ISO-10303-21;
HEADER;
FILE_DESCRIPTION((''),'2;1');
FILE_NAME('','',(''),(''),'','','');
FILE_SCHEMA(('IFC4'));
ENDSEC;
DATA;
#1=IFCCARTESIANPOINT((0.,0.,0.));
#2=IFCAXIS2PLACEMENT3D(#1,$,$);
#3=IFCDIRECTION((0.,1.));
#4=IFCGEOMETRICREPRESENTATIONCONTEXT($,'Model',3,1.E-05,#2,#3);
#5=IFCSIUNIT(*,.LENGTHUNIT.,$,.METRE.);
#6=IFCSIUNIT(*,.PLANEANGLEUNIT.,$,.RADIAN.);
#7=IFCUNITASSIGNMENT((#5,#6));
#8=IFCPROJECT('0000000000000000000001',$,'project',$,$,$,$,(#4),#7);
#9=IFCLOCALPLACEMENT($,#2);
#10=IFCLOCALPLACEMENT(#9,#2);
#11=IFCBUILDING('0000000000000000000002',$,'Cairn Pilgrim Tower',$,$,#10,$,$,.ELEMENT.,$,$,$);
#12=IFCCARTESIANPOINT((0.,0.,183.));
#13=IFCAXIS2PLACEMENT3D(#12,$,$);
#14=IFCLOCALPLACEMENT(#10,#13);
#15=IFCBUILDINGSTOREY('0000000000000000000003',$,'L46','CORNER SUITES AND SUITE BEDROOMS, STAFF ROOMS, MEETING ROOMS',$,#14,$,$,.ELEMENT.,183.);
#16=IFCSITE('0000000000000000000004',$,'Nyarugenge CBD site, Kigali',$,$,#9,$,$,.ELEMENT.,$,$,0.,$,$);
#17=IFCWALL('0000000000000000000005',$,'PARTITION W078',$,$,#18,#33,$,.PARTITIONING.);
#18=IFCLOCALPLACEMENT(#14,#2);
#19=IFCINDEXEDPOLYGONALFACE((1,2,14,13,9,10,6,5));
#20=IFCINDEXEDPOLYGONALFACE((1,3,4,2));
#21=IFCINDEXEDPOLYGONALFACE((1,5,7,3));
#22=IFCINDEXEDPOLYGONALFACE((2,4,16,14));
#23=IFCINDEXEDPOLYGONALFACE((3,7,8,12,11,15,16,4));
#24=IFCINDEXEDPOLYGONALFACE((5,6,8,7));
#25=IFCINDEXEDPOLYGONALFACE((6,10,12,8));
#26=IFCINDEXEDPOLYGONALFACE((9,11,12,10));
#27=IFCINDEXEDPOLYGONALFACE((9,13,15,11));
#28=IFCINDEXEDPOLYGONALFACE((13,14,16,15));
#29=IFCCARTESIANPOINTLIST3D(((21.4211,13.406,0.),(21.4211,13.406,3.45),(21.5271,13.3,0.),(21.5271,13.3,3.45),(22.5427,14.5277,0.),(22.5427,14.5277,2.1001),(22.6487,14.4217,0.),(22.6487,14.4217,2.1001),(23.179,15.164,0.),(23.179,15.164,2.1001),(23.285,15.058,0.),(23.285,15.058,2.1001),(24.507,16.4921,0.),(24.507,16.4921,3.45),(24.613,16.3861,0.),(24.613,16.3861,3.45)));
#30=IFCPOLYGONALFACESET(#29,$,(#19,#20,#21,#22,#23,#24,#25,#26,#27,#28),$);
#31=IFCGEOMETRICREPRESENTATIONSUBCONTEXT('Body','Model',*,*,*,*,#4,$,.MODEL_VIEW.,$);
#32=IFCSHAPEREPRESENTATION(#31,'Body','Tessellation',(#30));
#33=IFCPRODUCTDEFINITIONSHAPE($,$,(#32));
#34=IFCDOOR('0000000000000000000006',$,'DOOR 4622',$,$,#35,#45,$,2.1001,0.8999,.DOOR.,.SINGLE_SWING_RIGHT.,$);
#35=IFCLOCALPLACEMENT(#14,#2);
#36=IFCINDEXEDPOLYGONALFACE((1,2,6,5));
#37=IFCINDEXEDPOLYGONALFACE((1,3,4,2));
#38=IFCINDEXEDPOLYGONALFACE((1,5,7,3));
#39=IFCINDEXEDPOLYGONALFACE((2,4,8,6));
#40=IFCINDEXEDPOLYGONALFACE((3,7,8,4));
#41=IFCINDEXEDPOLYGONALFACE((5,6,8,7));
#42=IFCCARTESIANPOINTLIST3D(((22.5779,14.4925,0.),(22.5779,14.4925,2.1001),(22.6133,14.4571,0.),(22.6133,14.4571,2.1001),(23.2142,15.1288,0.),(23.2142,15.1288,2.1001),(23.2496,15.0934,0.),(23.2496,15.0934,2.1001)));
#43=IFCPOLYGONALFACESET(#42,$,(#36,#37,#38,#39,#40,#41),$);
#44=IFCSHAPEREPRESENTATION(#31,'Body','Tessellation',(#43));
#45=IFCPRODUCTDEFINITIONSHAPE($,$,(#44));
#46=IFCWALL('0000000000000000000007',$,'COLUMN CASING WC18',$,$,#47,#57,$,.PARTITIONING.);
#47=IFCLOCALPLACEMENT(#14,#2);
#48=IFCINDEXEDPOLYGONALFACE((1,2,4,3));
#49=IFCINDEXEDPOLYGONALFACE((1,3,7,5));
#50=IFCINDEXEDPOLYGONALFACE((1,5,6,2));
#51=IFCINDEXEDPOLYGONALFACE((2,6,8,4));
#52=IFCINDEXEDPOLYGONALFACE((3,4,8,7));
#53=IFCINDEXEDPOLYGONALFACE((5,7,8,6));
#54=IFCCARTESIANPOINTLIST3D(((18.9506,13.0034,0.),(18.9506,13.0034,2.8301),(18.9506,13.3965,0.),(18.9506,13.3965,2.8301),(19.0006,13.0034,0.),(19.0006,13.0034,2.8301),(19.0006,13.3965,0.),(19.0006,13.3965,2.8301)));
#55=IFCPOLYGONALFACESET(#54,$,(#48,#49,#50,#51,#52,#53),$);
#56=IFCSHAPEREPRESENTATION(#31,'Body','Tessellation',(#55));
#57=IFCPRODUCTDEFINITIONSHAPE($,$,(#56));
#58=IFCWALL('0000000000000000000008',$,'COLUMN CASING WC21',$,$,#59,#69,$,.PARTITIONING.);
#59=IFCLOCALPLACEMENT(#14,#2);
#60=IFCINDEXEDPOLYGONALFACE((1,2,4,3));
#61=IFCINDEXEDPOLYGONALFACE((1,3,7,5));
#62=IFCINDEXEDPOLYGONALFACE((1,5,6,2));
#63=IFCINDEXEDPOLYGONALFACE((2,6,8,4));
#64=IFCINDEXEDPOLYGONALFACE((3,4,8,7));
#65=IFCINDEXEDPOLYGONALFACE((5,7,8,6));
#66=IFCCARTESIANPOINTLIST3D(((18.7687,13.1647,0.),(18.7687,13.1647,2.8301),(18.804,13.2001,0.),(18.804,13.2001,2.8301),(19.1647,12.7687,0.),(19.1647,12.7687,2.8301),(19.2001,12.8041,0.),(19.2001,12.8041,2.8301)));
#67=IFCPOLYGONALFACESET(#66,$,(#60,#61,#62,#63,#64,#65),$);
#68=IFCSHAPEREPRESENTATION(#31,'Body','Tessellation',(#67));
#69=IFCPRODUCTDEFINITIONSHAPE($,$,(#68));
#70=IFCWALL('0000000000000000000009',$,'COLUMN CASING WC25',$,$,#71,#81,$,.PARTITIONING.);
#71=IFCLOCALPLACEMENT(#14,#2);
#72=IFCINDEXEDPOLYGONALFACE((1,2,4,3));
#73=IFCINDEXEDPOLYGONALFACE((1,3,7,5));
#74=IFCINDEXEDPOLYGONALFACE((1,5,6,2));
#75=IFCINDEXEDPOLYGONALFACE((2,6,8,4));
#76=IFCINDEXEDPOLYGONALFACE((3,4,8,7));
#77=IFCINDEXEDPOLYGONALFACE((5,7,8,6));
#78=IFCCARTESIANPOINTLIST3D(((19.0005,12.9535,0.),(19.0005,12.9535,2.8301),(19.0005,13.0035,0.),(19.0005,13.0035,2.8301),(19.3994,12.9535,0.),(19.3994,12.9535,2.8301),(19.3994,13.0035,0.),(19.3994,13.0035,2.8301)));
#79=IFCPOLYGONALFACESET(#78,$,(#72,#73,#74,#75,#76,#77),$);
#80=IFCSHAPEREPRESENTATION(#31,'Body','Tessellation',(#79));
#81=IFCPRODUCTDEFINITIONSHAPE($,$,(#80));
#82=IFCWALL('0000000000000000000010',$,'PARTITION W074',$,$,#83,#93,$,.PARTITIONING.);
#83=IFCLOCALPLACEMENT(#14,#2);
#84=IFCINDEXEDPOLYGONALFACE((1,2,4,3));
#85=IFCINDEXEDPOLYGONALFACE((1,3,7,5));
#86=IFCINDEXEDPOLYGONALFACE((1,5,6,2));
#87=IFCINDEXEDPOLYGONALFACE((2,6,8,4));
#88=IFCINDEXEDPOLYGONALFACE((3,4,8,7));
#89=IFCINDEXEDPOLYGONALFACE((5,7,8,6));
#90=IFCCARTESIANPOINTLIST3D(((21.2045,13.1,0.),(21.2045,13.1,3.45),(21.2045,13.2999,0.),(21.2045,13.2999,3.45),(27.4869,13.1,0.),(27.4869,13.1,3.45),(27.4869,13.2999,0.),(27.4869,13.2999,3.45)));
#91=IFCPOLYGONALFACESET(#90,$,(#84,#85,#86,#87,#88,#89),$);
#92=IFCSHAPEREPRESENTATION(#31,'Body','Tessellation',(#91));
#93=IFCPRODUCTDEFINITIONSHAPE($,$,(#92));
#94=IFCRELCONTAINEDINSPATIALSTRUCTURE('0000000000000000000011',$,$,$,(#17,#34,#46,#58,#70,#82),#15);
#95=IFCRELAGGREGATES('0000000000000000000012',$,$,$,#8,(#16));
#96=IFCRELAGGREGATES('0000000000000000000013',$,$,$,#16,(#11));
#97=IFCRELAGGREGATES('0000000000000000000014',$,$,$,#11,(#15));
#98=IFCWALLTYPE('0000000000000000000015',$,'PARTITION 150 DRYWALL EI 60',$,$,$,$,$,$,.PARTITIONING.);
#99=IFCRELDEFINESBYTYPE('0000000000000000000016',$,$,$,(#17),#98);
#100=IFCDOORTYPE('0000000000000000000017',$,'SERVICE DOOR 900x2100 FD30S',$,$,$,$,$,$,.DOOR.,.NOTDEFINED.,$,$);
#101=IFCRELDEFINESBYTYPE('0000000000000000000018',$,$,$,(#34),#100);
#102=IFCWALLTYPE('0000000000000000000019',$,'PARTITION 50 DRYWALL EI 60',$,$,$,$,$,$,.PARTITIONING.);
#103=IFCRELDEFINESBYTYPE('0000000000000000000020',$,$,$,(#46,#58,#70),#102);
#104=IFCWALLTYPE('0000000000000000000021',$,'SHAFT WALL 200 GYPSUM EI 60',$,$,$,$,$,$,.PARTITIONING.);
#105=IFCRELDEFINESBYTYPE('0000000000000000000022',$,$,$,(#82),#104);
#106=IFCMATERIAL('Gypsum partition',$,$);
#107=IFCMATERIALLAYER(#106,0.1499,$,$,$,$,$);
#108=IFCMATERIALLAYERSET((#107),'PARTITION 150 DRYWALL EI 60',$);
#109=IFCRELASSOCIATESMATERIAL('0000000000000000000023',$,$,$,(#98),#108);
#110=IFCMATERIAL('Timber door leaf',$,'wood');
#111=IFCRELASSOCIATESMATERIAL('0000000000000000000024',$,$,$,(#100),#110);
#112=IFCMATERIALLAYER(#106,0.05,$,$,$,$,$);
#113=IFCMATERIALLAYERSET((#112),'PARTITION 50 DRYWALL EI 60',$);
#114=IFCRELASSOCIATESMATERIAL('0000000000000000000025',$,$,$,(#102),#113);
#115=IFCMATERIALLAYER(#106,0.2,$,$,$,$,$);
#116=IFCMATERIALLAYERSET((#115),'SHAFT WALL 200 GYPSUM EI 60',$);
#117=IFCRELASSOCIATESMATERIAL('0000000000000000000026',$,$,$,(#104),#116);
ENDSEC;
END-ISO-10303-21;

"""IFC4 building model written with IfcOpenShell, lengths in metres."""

from ifc_helpers import new_model, si_unit, direction, frame, frame_2d, origin, place, context, subcontext, project, spatial, rectangle, extrude, material, layer, layer_set, type_object, element, fill, save


model = new_model("IFC4")

# Units and contexts
model_context = context("Model", 3, precision=1e-05, world=origin(), true_north=direction((0.0, 1.0)))
body_context = subcontext(model_context, "Body", "Model", "MODEL_VIEW")
ifc_project = project(units=[si_unit("LENGTHUNIT", "METRE"), si_unit("PLANEANGLEUNIT", "RADIAN")], contexts=[model_context])

# Site, building, storey
site_placement = place(None, origin())
site = spatial("IfcSite", under=ifc_project, at=site_placement, Name="Nyarugenge CBD site, Kigali", CompositionType="ELEMENT", RefElevation=0.0)
building_placement = place(site_placement, origin())
building = spatial("IfcBuilding", under=site, at=building_placement, Name="Cairn Pilgrim Tower", CompositionType="ELEMENT")
storey_placement = place(building_placement, frame((0.0, 0.0, 183.0)))
storey = spatial("IfcBuildingStorey", under=building, at=storey_placement, Name="L46", Description="CORNER SUITES AND SUITE BEDROOMS, STAFF ROOMS, MEETING ROOMS", CompositionType="ELEMENT", Elevation=183.0)

# Shared definitions
ifc_material_1 = material(Name="Gypsum partition")
ifc_layer_1 = layer(ifc_material_1, 0.1499)
ifc_layer_set_1 = layer_set([ifc_layer_1], Name="PARTITION 150 DRYWALL EI 60")
wall_type_1 = type_object("IfcWallType", Name="PARTITION 150 DRYWALL EI 60", PredefinedType="PARTITIONING", material=ifc_layer_set_1)
ifc_material_2 = material(Name="Timber door leaf", Category="wood")
door_type = type_object("IfcDoorType", Name="SERVICE DOOR 900x2100 FD30S", OperationType="NOTDEFINED", PredefinedType="DOOR", material=ifc_material_2)

# Wall, opening, door
wall_1_placement = place(storey_placement, frame((21.4741, 13.353, 0.0), z_axis=(0.0, 0.0, 1.0), x_axis=(0.707079, 0.707135, 0.0)))
wall_1 = element("IfcWall", 1, at=wall_1_placement, inside=storey, type_object=wall_type_1, Name="PARTITION W078", PredefinedType="PARTITIONING", context=body_context, shape_type="SweptSolid", body=[
    extrude(rectangle(XDim=4.3643, YDim=0.1499, at=frame_2d((2.1821, 0.0))), origin(), (0.0, 0.0, 1.0), 3.45),
])
opening_1_placement = place(wall_1_placement, frame((1.5862, 0.0, 0.0)))
opening_1 = element("IfcOpeningElement", 2, at=opening_1_placement, cuts=wall_1, PredefinedType="OPENING", context=body_context, shape_type="SweptSolid", body=[
    extrude(rectangle(XDim=0.8999, YDim=2.1001, at=frame_2d((0.45, 1.05))), frame((0.0, 0.085, 0.0), z_axis=(0.0, -1.0, 0.0), x_axis=(1.0, 0.0, 0.0)), (0.0, 0.0, 1.0), 0.1699),
])
door_1_placement = place(opening_1_placement, frame((0.8999, 0.0, 0.0), z_axis=(0.0, 0.0, 1.0), x_axis=(-1.0, 0.0, 0.0)))
door_1 = element("IfcDoor", 3, at=door_1_placement, inside=storey, type_object=door_type, Name="DOOR 4622", OperationType="SINGLE_SWING_RIGHT", OverallHeight=2.1001, OverallWidth=0.8999, PredefinedType="DOOR", context=body_context, shape_type="SweptSolid", body=[
    extrude(rectangle(XDim=0.8999, YDim=2.1001, at=frame_2d((0.45, 1.05))), frame((0.0, 0.0249, 0.0), z_axis=(0.0, -1.0, 0.0), x_axis=(1.0, 0.0, 0.0)), (0.0, 0.0, 1.0), 0.05),
])
fill(opening_1, door_1)

# Walls
ifc_layer_2 = layer(ifc_material_1, 0.05)
ifc_layer_set_2 = layer_set([ifc_layer_2], Name="PARTITION 50 DRYWALL EI 60")
wall_type_2 = type_object("IfcWallType", Name="PARTITION 50 DRYWALL EI 60", PredefinedType="PARTITIONING", material=ifc_layer_set_2)
wall_2_placement = place(storey_placement, frame((18.9756, 13.0034, 0.0), z_axis=(0.0, 0.0, 1.0), x_axis=(0.0, 1.0, 0.0)))
element("IfcWall", 4, at=wall_2_placement, inside=storey, type_object=wall_type_2, Name="COLUMN CASING WC18", PredefinedType="PARTITIONING", context=body_context, shape_type="SweptSolid", body=[
    extrude(rectangle(XDim=0.3931, YDim=0.05, at=frame_2d((0.1965, 0.0))), origin(), (0.0, 0.0, 1.0), 2.8301),
])
wall_3_placement = place(storey_placement, frame((19.1824, 12.7864, 0.0), z_axis=(0.0, 0.0, 1.0), x_axis=(-0.707107, 0.707107, 0.0)))
element("IfcWall", 5, at=wall_3_placement, inside=storey, type_object=wall_type_2, Name="COLUMN CASING WC21", PredefinedType="PARTITIONING", context=body_context, shape_type="SweptSolid", body=[
    extrude(rectangle(XDim=0.5601, YDim=0.05, at=frame_2d((0.28, 0.0))), origin(), (0.0, 0.0, 1.0), 2.8301),
])
wall_4_placement = place(storey_placement, frame((19.0005, 12.9785, 0.0), z_axis=(0.0, 0.0, 1.0), x_axis=(1.0, 0.0, 0.0)))
element("IfcWall", 6, at=wall_4_placement, inside=storey, type_object=wall_type_2, Name="COLUMN CASING WC25", PredefinedType="PARTITIONING", context=body_context, shape_type="SweptSolid", body=[
    extrude(rectangle(XDim=0.3989, YDim=0.05, at=frame_2d((0.1995, 0.0))), origin(), (0.0, 0.0, 1.0), 2.8301),
])
ifc_layer_3 = layer(ifc_material_1, 0.2)
ifc_layer_set_3 = layer_set([ifc_layer_3], Name="SHAFT WALL 200 GYPSUM EI 60")
wall_type_3 = type_object("IfcWallType", Name="SHAFT WALL 200 GYPSUM EI 60", PredefinedType="PARTITIONING", material=ifc_layer_set_3)
wall_5_placement = place(storey_placement, frame((21.2046, 13.2, 0.0), z_axis=(0.0, 0.0, 1.0), x_axis=(1.0, 0.0, 0.0)))
element("IfcWall", 7, at=wall_5_placement, inside=storey, type_object=wall_type_3, Name="PARTITION W074", PredefinedType="PARTITIONING", context=body_context, shape_type="SweptSolid", body=[
    extrude(rectangle(XDim=6.2825, YDim=0.2, at=frame_2d((3.1411, 0.0))), origin(), (0.0, 0.0, 1.0), 3.45),
])

save(model, "model.ifc")
